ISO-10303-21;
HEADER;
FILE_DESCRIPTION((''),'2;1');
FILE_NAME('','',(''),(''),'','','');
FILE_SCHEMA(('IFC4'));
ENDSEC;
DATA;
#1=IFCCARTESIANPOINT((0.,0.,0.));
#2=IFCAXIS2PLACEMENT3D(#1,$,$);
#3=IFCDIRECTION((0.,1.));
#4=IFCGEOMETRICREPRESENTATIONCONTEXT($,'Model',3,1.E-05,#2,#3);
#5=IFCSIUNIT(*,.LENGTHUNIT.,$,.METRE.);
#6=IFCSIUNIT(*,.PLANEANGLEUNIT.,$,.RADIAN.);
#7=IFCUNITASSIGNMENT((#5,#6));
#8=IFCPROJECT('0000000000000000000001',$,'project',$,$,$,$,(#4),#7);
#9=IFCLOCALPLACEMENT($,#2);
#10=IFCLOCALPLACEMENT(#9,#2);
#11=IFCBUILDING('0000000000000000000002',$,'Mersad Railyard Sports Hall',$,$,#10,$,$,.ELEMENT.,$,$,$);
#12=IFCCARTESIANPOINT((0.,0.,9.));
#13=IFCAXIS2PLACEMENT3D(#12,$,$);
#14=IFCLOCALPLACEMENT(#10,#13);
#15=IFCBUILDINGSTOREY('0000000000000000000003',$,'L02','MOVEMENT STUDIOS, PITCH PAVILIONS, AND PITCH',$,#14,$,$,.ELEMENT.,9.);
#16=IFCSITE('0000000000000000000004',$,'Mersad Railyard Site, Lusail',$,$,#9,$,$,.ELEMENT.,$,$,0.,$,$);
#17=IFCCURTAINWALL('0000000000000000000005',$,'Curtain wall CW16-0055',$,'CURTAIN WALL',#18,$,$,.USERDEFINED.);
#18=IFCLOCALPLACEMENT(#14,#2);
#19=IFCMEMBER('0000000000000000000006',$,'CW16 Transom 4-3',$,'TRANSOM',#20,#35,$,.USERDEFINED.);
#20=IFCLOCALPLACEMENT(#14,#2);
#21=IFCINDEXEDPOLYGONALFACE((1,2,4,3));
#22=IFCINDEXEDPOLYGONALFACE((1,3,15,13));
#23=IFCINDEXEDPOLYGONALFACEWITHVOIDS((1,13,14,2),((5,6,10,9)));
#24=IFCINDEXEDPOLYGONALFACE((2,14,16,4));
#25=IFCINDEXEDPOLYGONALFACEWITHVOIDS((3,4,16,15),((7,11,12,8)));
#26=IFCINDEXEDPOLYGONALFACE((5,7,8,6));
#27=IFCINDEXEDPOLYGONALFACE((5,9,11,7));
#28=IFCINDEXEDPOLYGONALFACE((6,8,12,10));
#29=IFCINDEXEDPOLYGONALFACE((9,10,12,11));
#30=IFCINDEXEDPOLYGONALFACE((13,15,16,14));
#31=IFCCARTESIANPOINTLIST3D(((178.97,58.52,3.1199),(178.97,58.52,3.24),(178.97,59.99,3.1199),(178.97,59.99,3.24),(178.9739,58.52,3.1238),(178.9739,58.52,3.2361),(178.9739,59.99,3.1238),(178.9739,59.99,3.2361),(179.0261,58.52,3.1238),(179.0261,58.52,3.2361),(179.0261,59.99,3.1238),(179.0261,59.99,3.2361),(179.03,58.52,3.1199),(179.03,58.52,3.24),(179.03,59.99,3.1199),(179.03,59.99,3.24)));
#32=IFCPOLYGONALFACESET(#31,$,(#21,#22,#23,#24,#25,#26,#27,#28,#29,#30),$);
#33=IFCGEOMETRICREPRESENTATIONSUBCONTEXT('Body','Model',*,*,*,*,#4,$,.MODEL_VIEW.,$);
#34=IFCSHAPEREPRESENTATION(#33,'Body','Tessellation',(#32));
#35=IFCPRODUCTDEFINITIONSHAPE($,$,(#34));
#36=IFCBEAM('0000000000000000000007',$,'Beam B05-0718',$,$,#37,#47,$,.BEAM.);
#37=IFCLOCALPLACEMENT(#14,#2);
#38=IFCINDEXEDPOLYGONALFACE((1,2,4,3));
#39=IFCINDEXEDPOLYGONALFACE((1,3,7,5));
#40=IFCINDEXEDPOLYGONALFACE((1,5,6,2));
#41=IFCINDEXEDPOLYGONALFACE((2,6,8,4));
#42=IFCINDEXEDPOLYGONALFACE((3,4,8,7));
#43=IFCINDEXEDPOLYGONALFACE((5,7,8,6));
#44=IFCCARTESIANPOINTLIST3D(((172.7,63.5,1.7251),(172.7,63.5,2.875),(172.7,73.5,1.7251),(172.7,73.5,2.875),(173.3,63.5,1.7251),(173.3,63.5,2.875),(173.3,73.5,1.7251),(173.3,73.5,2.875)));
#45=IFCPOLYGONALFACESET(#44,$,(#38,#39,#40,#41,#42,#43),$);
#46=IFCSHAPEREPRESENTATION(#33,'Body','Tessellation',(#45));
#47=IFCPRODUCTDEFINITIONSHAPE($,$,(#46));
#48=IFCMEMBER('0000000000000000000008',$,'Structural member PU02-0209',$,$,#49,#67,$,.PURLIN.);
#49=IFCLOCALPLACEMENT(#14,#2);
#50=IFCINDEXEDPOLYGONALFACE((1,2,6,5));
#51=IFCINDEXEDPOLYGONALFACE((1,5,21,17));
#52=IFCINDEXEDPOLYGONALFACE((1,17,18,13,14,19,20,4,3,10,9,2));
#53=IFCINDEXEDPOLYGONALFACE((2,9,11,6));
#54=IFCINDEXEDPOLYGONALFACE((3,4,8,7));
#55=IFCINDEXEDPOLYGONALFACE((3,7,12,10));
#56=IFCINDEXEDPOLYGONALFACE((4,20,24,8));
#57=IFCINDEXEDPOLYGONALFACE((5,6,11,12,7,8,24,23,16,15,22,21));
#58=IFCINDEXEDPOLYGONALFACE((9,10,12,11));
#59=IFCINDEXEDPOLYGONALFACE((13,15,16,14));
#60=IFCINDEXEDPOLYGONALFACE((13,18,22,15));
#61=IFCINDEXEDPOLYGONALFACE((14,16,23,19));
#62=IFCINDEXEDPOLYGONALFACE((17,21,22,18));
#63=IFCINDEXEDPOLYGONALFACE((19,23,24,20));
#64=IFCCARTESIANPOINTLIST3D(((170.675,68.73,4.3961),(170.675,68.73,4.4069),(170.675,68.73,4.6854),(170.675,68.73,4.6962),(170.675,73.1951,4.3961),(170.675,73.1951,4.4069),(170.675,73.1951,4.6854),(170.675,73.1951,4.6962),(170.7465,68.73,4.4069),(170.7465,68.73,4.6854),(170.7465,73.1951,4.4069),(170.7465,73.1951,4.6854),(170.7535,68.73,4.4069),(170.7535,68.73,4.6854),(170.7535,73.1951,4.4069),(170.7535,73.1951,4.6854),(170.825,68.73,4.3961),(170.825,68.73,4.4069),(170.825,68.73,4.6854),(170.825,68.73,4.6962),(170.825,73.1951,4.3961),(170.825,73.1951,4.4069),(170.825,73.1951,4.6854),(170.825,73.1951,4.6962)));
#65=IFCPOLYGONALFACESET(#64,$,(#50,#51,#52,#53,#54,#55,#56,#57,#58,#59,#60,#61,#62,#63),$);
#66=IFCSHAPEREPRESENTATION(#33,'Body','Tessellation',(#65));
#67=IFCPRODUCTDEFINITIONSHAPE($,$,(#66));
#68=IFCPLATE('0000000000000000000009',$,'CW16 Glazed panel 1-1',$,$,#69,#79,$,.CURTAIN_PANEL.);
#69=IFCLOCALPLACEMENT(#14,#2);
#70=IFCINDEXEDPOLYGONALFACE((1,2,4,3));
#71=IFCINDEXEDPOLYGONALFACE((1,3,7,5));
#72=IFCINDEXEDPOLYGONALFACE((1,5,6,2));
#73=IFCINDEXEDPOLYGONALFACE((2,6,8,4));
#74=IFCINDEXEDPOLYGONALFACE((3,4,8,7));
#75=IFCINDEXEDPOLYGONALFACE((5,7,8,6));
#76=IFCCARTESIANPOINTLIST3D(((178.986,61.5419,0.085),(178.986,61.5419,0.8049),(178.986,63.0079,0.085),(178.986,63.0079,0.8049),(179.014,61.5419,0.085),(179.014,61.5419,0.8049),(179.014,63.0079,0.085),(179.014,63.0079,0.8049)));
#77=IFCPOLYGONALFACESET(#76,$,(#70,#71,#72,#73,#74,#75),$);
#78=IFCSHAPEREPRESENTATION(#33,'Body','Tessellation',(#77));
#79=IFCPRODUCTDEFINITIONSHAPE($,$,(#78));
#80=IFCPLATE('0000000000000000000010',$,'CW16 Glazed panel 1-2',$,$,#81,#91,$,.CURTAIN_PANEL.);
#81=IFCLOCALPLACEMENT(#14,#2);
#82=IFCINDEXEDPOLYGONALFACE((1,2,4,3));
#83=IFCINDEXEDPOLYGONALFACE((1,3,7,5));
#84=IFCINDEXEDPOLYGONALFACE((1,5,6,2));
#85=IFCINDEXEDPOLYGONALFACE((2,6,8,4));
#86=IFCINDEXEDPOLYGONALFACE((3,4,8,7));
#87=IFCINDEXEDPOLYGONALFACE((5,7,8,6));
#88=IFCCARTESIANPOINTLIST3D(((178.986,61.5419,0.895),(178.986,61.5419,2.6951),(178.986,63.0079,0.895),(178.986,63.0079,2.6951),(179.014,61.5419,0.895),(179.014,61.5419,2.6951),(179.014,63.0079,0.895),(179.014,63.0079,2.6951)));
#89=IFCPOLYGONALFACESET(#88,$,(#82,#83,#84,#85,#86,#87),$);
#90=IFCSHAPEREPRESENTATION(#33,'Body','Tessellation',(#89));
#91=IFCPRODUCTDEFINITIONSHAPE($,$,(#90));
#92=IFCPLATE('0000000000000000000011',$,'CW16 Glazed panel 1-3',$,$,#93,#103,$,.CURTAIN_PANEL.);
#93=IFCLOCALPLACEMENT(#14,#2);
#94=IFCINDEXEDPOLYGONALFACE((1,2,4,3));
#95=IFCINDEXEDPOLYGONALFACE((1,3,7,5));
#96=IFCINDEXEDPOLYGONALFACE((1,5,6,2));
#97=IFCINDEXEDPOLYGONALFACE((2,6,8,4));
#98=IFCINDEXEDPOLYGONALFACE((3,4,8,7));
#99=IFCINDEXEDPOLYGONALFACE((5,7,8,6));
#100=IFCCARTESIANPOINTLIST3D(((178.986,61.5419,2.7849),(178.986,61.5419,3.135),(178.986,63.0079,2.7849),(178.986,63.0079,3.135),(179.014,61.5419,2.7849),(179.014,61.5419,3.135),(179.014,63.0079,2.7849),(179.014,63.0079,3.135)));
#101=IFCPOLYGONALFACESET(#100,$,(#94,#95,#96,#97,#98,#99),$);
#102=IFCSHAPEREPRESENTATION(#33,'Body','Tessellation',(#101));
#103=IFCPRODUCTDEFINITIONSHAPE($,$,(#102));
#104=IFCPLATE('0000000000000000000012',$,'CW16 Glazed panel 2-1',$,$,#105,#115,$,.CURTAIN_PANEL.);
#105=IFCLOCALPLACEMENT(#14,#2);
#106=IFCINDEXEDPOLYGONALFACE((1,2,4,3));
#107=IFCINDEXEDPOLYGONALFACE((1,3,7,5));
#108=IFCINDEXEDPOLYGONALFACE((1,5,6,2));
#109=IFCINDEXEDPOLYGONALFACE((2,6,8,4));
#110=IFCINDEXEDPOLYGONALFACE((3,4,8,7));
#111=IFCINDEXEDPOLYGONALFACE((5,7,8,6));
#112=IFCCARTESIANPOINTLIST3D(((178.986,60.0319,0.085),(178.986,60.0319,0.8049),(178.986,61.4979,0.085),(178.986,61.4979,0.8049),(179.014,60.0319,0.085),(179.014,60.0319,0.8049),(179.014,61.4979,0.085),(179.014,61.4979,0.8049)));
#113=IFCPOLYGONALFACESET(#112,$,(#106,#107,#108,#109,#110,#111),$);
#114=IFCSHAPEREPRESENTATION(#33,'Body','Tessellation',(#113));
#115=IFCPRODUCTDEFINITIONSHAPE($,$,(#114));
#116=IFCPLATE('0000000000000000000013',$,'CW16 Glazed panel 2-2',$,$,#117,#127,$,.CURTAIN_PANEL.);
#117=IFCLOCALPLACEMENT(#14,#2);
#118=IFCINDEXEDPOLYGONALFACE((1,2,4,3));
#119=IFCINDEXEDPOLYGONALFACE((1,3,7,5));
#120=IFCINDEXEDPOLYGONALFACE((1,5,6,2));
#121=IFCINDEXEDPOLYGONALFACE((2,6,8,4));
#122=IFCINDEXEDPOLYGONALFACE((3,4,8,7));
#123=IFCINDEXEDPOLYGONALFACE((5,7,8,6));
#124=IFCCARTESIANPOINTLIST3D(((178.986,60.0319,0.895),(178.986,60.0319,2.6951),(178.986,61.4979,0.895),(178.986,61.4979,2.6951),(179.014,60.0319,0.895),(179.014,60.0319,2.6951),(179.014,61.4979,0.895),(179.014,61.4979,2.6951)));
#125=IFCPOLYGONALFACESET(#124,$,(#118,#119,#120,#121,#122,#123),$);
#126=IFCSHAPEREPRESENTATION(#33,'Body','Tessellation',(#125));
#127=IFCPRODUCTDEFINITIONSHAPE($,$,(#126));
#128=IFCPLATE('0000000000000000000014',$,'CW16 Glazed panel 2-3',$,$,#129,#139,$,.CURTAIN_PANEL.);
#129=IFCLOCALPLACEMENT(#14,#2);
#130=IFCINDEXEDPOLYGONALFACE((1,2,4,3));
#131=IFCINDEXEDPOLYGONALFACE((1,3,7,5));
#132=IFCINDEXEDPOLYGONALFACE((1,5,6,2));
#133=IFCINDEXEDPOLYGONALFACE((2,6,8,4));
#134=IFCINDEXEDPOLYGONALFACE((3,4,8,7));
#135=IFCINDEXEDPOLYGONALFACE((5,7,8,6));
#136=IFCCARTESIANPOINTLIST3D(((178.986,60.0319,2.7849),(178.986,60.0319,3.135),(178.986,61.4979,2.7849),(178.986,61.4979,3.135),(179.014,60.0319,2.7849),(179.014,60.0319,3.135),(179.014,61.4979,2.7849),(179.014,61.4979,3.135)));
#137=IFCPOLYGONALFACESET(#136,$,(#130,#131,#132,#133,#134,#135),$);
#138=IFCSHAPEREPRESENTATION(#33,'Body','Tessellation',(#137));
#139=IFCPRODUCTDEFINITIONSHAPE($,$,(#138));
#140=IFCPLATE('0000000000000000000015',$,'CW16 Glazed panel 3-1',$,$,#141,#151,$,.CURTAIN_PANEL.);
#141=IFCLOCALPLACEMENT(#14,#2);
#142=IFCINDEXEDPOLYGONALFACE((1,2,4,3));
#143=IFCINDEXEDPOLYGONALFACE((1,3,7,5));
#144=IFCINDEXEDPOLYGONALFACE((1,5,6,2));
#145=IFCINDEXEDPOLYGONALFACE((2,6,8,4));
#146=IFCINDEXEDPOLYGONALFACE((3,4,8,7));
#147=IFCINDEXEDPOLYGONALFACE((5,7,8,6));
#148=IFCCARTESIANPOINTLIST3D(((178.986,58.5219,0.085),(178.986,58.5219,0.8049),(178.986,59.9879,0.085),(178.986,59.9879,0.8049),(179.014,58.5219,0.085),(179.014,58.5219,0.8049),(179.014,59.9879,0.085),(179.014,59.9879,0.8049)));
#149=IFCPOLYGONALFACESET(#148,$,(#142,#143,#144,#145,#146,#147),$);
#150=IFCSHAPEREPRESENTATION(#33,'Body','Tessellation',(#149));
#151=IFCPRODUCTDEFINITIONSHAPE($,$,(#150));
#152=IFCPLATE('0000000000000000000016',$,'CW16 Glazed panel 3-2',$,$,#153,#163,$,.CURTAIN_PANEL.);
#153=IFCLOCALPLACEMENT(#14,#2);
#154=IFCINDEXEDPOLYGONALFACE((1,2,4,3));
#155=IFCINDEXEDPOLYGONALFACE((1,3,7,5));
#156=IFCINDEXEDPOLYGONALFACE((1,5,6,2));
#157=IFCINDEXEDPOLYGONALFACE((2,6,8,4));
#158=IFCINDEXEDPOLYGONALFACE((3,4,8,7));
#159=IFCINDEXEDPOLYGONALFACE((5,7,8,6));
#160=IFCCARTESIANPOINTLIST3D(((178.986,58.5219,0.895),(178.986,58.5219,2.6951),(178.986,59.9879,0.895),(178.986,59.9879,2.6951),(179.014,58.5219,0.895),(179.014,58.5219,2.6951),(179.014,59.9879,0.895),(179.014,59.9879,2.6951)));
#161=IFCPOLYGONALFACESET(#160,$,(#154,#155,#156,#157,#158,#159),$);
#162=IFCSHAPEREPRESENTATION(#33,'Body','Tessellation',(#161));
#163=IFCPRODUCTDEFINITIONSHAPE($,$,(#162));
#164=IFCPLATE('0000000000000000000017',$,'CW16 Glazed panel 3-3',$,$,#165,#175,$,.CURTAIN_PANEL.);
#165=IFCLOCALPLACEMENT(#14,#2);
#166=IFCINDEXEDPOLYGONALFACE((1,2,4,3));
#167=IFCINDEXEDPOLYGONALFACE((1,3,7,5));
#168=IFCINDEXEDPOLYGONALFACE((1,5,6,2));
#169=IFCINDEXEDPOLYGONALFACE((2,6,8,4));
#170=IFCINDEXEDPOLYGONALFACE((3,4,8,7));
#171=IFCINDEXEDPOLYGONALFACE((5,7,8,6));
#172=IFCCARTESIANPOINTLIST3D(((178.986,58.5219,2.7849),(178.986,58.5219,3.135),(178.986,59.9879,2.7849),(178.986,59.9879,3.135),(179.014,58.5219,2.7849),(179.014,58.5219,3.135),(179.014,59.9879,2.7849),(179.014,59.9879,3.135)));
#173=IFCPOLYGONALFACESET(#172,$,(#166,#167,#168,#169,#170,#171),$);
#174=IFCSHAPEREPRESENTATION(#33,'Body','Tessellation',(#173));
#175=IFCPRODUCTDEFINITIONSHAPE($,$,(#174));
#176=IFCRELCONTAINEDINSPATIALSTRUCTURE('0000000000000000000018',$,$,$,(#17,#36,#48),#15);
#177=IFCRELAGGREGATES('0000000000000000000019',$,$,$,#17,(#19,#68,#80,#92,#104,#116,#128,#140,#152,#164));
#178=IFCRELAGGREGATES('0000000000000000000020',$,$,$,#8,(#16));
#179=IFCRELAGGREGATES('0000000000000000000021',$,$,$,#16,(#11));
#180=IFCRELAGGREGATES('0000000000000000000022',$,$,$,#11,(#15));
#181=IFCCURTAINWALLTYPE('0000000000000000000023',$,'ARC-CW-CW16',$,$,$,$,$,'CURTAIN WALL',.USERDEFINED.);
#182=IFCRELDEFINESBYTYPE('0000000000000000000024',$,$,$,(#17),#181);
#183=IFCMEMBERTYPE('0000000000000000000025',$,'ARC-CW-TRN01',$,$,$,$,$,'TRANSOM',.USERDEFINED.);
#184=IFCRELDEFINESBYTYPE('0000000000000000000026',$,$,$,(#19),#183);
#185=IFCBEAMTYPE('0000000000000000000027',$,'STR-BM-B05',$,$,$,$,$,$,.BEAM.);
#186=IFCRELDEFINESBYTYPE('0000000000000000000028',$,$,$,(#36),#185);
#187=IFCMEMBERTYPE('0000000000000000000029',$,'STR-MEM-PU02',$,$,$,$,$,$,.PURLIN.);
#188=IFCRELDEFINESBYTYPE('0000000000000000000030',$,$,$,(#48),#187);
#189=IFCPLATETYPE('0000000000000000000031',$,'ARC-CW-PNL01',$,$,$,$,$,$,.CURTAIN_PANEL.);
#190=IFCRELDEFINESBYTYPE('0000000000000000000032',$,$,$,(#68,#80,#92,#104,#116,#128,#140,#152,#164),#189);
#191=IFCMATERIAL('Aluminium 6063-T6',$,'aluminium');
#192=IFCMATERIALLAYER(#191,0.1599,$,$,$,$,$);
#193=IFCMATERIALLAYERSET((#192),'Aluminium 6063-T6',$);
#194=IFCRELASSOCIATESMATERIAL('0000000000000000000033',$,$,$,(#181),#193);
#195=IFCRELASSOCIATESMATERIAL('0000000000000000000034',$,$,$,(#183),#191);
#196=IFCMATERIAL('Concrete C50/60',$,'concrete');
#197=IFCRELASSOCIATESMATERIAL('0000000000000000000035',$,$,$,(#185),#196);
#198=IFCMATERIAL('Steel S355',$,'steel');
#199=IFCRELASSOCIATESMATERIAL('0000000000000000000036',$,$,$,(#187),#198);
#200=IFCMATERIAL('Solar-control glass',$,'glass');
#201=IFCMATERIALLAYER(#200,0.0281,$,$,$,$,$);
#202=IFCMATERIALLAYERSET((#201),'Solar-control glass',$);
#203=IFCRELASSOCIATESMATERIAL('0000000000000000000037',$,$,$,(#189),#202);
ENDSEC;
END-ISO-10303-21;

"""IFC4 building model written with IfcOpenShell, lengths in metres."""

from ifc_helpers import new_model, si_unit, direction, frame, origin, origin_2d, place, context, subcontext, project, spatial, rectangle, hollow_rectangle, i_section, extrude, material, layer, layer_set, material_profile, profile_set, type_object, element, aggregate, save


model = new_model("IFC4")

# Units and contexts
model_context = context("Model", 3, precision=1e-05, world=origin(), true_north=direction((0.0, 1.0)))
body_context = subcontext(model_context, "Body", "Model", "MODEL_VIEW")
ifc_project = project(units=[si_unit("LENGTHUNIT", "METRE"), si_unit("PLANEANGLEUNIT", "RADIAN")], contexts=[model_context])

# Site, building, storey
site_placement = place(None, origin())
site = spatial("IfcSite", under=ifc_project, at=site_placement, Name="Mersad Railyard Site, Lusail", CompositionType="ELEMENT", RefElevation=0.0)
building_placement = place(site_placement, origin())
building = spatial("IfcBuilding", under=site, at=building_placement, Name="Mersad Railyard Sports Hall", CompositionType="ELEMENT")
storey_placement = place(building_placement, frame((0.0, 0.0, 9.0)))
storey = spatial("IfcBuildingStorey", under=building, at=storey_placement, Name="L02", Description="MOVEMENT STUDIOS, PITCH PAVILIONS, AND PITCH", CompositionType="ELEMENT", Elevation=9.0)

# Shared definitions
ifc_material_1 = material(Name="Concrete C50/60", Category="concrete")

# Curtain wall, member
ifc_material_2 = material(Name="Aluminium 6063-T6", Category="aluminium")
ifc_layer_1 = layer(ifc_material_2, 0.1599)
ifc_layer_set_1 = layer_set([ifc_layer_1], Name="Aluminium 6063-T6")
curtain_wall_type = type_object("IfcCurtainWallType", Name="ARC-CW-CW16", ElementType="CURTAIN WALL", PredefinedType="USERDEFINED", material=ifc_layer_set_1)
curtain_wall_placement = place(storey_placement, origin())
curtain_wall = element("IfcCurtainWall", 1, at=curtain_wall_placement, inside=storey, type_object=curtain_wall_type, Name="Curtain wall CW16-0055", ObjectType="CURTAIN WALL", PredefinedType="USERDEFINED")
ifc_material_profile_1 = material_profile(ifc_material_2, hollow_rectangle(XDim=0.0601, YDim=0.1201, WallThickness=0.0039, at=origin_2d()), Name="AL TRANSOM 60x120x4")
ifc_profile_set_1 = profile_set([ifc_material_profile_1], Name="Aluminium 6063-T6")
member_type_1 = type_object("IfcMemberType", Name="ARC-CW-TRN01", ElementType="TRANSOM", PredefinedType="USERDEFINED", material=ifc_profile_set_1)
member_1_placement = place(storey_placement, frame((179.0, 59.99, 3.1799), z_axis=(0.0, -1.0, 0.0), x_axis=(1.0, 0.0, 0.0)))
member_1 = element("IfcMember", 2, at=member_1_placement, type_object=member_type_1, Name="CW16 Transom 4-3", ObjectType="TRANSOM", PredefinedType="USERDEFINED", context=body_context, shape_type="SweptSolid", body=[
    extrude(hollow_rectangle(XDim=0.0601, YDim=0.1201, WallThickness=0.0039, at=origin_2d()), origin(), (0.0, 0.0, 1.0), 1.47),
])

# Beam
ifc_material_profile_2 = material_profile(ifc_material_1, rectangle(XDim=0.6001, YDim=1.1499, at=origin_2d()), Name="RC 600x1150")
ifc_profile_set_2 = profile_set([ifc_material_profile_2], Name="Concrete C50/60")
beam_type = type_object("IfcBeamType", Name="STR-BM-B05", PredefinedType="BEAM", material=ifc_profile_set_2)
beam_placement = place(storey_placement, frame((173.0, 63.5, 2.3), z_axis=(0.0, 1.0, 0.0), x_axis=(-1.0, 0.0, 0.0)))
element("IfcBeam", 3, at=beam_placement, inside=storey, type_object=beam_type, Name="Beam B05-0718", PredefinedType="BEAM", context=body_context, shape_type="SweptSolid", body=[
    extrude(rectangle(XDim=0.6001, YDim=1.1499, at=origin_2d()), origin(), (0.0, 0.0, 1.0), 10.0),
])

# Member
ifc_material_3 = material(Name="Steel S355", Category="steel")
ifc_material_profile_3 = material_profile(ifc_material_3, i_section(OverallWidth=0.1499, OverallDepth=0.3, WebThickness=0.0071, FlangeThickness=0.0107, at=origin_2d()), Name="IPE 300")
ifc_profile_set_3 = profile_set([ifc_material_profile_3], Name="Steel S355")
member_type_2 = type_object("IfcMemberType", Name="STR-MEM-PU02", PredefinedType="PURLIN", material=ifc_profile_set_3)
member_2_placement = place(storey_placement, frame((170.75, 68.73, 4.5461), z_axis=(0.0, 1.0, 0.0), x_axis=(-1.0, 0.0, 0.0)))
element("IfcMember", 4, at=member_2_placement, inside=storey, type_object=member_type_2, Name="Structural member PU02-0209", PredefinedType="PURLIN", context=body_context, shape_type="SweptSolid", body=[
    extrude(i_section(OverallWidth=0.1499, OverallDepth=0.3, WebThickness=0.0071, FlangeThickness=0.0107, at=origin_2d()), origin(), (0.0, 0.0, 1.0), 4.4651),
])

# Plates
ifc_material_4 = material(Name="Solar-control glass", Category="glass")
ifc_layer_2 = layer(ifc_material_4, 0.0281)
ifc_layer_set_2 = layer_set([ifc_layer_2], Name="Solar-control glass")
plate_type = type_object("IfcPlateType", Name="ARC-CW-PNL01", PredefinedType="CURTAIN_PANEL", material=ifc_layer_set_2)
plate_1_placement = place(storey_placement, frame((179.0, 62.2749, 0.085), z_axis=(0.0, 0.0, 1.0), x_axis=(0.0, -1.0, 0.0)))
plate_1 = element("IfcPlate", 5, at=plate_1_placement, type_object=plate_type, Name="CW16 Glazed panel 1-1", PredefinedType="CURTAIN_PANEL", context=body_context, shape_type="SweptSolid", body=[
    extrude(rectangle(XDim=1.4661, YDim=0.0281, at=origin_2d()), origin(), (0.0, 0.0, 1.0), 0.72),
])
plate_2_placement = place(storey_placement, frame((179.0, 62.2749, 0.895), z_axis=(0.0, 0.0, 1.0), x_axis=(0.0, -1.0, 0.0)))
plate_2 = element("IfcPlate", 6, at=plate_2_placement, type_object=plate_type, Name="CW16 Glazed panel 1-2", PredefinedType="CURTAIN_PANEL", context=body_context, shape_type="SweptSolid", body=[
    extrude(rectangle(XDim=1.4661, YDim=0.0281, at=origin_2d()), origin(), (0.0, 0.0, 1.0), 1.8),
])
plate_3_placement = place(storey_placement, frame((179.0, 62.2749, 2.7849), z_axis=(0.0, 0.0, 1.0), x_axis=(0.0, -1.0, 0.0)))
plate_3 = element("IfcPlate", 7, at=plate_3_placement, type_object=plate_type, Name="CW16 Glazed panel 1-3", PredefinedType="CURTAIN_PANEL", context=body_context, shape_type="SweptSolid", body=[
    extrude(rectangle(XDim=1.4661, YDim=0.0281, at=origin_2d()), origin(), (0.0, 0.0, 1.0), 0.3501),
])
plate_4_placement = place(storey_placement, frame((179.0, 60.7649, 0.085), z_axis=(0.0, 0.0, 1.0), x_axis=(0.0, -1.0, 0.0)))
plate_4 = element("IfcPlate", 8, at=plate_4_placement, type_object=plate_type, Name="CW16 Glazed panel 2-1", PredefinedType="CURTAIN_PANEL", context=body_context, shape_type="SweptSolid", body=[
    extrude(rectangle(XDim=1.4661, YDim=0.0281, at=origin_2d()), origin(), (0.0, 0.0, 1.0), 0.72),
])
plate_5_placement = place(storey_placement, frame((179.0, 60.7649, 0.895), z_axis=(0.0, 0.0, 1.0), x_axis=(0.0, -1.0, 0.0)))
plate_5 = element("IfcPlate", 9, at=plate_5_placement, type_object=plate_type, Name="CW16 Glazed panel 2-2", PredefinedType="CURTAIN_PANEL", context=body_context, shape_type="SweptSolid", body=[
    extrude(rectangle(XDim=1.4661, YDim=0.0281, at=origin_2d()), origin(), (0.0, 0.0, 1.0), 1.8),
])
plate_6_placement = place(storey_placement, frame((179.0, 60.7649, 2.7849), z_axis=(0.0, 0.0, 1.0), x_axis=(0.0, -1.0, 0.0)))
plate_6 = element("IfcPlate", 10, at=plate_6_placement, type_object=plate_type, Name="CW16 Glazed panel 2-3", PredefinedType="CURTAIN_PANEL", context=body_context, shape_type="SweptSolid", body=[
    extrude(rectangle(XDim=1.4661, YDim=0.0281, at=origin_2d()), origin(), (0.0, 0.0, 1.0), 0.3501),
])
plate_7_placement = place(storey_placement, frame((179.0, 59.2549, 0.085), z_axis=(0.0, 0.0, 1.0), x_axis=(0.0, -1.0, 0.0)))
plate_7 = element("IfcPlate", 11, at=plate_7_placement, type_object=plate_type, Name="CW16 Glazed panel 3-1", PredefinedType="CURTAIN_PANEL", context=body_context, shape_type="SweptSolid", body=[
    extrude(rectangle(XDim=1.4661, YDim=0.0281, at=origin_2d()), origin(), (0.0, 0.0, 1.0), 0.72),
])
plate_8_placement = place(storey_placement, frame((179.0, 59.2549, 0.895), z_axis=(0.0, 0.0, 1.0), x_axis=(0.0, -1.0, 0.0)))
plate_8 = element("IfcPlate", 12, at=plate_8_placement, type_object=plate_type, Name="CW16 Glazed panel 3-2", PredefinedType="CURTAIN_PANEL", context=body_context, shape_type="SweptSolid", body=[
    extrude(rectangle(XDim=1.4661, YDim=0.0281, at=origin_2d()), origin(), (0.0, 0.0, 1.0), 1.8),
])
plate_9_placement = place(storey_placement, frame((179.0, 59.2549, 2.7849), z_axis=(0.0, 0.0, 1.0), x_axis=(0.0, -1.0, 0.0)))
plate_9 = element("IfcPlate", 13, at=plate_9_placement, type_object=plate_type, Name="CW16 Glazed panel 3-3", PredefinedType="CURTAIN_PANEL", context=body_context, shape_type="SweptSolid", body=[
    extrude(rectangle(XDim=1.4661, YDim=0.0281, at=origin_2d()), origin(), (0.0, 0.0, 1.0), 0.3501),
])
aggregate(curtain_wall, [member_1, plate_1, plate_2, plate_3, plate_4, plate_5, plate_6, plate_7, plate_8, plate_9])

save(model, "model.ifc")
